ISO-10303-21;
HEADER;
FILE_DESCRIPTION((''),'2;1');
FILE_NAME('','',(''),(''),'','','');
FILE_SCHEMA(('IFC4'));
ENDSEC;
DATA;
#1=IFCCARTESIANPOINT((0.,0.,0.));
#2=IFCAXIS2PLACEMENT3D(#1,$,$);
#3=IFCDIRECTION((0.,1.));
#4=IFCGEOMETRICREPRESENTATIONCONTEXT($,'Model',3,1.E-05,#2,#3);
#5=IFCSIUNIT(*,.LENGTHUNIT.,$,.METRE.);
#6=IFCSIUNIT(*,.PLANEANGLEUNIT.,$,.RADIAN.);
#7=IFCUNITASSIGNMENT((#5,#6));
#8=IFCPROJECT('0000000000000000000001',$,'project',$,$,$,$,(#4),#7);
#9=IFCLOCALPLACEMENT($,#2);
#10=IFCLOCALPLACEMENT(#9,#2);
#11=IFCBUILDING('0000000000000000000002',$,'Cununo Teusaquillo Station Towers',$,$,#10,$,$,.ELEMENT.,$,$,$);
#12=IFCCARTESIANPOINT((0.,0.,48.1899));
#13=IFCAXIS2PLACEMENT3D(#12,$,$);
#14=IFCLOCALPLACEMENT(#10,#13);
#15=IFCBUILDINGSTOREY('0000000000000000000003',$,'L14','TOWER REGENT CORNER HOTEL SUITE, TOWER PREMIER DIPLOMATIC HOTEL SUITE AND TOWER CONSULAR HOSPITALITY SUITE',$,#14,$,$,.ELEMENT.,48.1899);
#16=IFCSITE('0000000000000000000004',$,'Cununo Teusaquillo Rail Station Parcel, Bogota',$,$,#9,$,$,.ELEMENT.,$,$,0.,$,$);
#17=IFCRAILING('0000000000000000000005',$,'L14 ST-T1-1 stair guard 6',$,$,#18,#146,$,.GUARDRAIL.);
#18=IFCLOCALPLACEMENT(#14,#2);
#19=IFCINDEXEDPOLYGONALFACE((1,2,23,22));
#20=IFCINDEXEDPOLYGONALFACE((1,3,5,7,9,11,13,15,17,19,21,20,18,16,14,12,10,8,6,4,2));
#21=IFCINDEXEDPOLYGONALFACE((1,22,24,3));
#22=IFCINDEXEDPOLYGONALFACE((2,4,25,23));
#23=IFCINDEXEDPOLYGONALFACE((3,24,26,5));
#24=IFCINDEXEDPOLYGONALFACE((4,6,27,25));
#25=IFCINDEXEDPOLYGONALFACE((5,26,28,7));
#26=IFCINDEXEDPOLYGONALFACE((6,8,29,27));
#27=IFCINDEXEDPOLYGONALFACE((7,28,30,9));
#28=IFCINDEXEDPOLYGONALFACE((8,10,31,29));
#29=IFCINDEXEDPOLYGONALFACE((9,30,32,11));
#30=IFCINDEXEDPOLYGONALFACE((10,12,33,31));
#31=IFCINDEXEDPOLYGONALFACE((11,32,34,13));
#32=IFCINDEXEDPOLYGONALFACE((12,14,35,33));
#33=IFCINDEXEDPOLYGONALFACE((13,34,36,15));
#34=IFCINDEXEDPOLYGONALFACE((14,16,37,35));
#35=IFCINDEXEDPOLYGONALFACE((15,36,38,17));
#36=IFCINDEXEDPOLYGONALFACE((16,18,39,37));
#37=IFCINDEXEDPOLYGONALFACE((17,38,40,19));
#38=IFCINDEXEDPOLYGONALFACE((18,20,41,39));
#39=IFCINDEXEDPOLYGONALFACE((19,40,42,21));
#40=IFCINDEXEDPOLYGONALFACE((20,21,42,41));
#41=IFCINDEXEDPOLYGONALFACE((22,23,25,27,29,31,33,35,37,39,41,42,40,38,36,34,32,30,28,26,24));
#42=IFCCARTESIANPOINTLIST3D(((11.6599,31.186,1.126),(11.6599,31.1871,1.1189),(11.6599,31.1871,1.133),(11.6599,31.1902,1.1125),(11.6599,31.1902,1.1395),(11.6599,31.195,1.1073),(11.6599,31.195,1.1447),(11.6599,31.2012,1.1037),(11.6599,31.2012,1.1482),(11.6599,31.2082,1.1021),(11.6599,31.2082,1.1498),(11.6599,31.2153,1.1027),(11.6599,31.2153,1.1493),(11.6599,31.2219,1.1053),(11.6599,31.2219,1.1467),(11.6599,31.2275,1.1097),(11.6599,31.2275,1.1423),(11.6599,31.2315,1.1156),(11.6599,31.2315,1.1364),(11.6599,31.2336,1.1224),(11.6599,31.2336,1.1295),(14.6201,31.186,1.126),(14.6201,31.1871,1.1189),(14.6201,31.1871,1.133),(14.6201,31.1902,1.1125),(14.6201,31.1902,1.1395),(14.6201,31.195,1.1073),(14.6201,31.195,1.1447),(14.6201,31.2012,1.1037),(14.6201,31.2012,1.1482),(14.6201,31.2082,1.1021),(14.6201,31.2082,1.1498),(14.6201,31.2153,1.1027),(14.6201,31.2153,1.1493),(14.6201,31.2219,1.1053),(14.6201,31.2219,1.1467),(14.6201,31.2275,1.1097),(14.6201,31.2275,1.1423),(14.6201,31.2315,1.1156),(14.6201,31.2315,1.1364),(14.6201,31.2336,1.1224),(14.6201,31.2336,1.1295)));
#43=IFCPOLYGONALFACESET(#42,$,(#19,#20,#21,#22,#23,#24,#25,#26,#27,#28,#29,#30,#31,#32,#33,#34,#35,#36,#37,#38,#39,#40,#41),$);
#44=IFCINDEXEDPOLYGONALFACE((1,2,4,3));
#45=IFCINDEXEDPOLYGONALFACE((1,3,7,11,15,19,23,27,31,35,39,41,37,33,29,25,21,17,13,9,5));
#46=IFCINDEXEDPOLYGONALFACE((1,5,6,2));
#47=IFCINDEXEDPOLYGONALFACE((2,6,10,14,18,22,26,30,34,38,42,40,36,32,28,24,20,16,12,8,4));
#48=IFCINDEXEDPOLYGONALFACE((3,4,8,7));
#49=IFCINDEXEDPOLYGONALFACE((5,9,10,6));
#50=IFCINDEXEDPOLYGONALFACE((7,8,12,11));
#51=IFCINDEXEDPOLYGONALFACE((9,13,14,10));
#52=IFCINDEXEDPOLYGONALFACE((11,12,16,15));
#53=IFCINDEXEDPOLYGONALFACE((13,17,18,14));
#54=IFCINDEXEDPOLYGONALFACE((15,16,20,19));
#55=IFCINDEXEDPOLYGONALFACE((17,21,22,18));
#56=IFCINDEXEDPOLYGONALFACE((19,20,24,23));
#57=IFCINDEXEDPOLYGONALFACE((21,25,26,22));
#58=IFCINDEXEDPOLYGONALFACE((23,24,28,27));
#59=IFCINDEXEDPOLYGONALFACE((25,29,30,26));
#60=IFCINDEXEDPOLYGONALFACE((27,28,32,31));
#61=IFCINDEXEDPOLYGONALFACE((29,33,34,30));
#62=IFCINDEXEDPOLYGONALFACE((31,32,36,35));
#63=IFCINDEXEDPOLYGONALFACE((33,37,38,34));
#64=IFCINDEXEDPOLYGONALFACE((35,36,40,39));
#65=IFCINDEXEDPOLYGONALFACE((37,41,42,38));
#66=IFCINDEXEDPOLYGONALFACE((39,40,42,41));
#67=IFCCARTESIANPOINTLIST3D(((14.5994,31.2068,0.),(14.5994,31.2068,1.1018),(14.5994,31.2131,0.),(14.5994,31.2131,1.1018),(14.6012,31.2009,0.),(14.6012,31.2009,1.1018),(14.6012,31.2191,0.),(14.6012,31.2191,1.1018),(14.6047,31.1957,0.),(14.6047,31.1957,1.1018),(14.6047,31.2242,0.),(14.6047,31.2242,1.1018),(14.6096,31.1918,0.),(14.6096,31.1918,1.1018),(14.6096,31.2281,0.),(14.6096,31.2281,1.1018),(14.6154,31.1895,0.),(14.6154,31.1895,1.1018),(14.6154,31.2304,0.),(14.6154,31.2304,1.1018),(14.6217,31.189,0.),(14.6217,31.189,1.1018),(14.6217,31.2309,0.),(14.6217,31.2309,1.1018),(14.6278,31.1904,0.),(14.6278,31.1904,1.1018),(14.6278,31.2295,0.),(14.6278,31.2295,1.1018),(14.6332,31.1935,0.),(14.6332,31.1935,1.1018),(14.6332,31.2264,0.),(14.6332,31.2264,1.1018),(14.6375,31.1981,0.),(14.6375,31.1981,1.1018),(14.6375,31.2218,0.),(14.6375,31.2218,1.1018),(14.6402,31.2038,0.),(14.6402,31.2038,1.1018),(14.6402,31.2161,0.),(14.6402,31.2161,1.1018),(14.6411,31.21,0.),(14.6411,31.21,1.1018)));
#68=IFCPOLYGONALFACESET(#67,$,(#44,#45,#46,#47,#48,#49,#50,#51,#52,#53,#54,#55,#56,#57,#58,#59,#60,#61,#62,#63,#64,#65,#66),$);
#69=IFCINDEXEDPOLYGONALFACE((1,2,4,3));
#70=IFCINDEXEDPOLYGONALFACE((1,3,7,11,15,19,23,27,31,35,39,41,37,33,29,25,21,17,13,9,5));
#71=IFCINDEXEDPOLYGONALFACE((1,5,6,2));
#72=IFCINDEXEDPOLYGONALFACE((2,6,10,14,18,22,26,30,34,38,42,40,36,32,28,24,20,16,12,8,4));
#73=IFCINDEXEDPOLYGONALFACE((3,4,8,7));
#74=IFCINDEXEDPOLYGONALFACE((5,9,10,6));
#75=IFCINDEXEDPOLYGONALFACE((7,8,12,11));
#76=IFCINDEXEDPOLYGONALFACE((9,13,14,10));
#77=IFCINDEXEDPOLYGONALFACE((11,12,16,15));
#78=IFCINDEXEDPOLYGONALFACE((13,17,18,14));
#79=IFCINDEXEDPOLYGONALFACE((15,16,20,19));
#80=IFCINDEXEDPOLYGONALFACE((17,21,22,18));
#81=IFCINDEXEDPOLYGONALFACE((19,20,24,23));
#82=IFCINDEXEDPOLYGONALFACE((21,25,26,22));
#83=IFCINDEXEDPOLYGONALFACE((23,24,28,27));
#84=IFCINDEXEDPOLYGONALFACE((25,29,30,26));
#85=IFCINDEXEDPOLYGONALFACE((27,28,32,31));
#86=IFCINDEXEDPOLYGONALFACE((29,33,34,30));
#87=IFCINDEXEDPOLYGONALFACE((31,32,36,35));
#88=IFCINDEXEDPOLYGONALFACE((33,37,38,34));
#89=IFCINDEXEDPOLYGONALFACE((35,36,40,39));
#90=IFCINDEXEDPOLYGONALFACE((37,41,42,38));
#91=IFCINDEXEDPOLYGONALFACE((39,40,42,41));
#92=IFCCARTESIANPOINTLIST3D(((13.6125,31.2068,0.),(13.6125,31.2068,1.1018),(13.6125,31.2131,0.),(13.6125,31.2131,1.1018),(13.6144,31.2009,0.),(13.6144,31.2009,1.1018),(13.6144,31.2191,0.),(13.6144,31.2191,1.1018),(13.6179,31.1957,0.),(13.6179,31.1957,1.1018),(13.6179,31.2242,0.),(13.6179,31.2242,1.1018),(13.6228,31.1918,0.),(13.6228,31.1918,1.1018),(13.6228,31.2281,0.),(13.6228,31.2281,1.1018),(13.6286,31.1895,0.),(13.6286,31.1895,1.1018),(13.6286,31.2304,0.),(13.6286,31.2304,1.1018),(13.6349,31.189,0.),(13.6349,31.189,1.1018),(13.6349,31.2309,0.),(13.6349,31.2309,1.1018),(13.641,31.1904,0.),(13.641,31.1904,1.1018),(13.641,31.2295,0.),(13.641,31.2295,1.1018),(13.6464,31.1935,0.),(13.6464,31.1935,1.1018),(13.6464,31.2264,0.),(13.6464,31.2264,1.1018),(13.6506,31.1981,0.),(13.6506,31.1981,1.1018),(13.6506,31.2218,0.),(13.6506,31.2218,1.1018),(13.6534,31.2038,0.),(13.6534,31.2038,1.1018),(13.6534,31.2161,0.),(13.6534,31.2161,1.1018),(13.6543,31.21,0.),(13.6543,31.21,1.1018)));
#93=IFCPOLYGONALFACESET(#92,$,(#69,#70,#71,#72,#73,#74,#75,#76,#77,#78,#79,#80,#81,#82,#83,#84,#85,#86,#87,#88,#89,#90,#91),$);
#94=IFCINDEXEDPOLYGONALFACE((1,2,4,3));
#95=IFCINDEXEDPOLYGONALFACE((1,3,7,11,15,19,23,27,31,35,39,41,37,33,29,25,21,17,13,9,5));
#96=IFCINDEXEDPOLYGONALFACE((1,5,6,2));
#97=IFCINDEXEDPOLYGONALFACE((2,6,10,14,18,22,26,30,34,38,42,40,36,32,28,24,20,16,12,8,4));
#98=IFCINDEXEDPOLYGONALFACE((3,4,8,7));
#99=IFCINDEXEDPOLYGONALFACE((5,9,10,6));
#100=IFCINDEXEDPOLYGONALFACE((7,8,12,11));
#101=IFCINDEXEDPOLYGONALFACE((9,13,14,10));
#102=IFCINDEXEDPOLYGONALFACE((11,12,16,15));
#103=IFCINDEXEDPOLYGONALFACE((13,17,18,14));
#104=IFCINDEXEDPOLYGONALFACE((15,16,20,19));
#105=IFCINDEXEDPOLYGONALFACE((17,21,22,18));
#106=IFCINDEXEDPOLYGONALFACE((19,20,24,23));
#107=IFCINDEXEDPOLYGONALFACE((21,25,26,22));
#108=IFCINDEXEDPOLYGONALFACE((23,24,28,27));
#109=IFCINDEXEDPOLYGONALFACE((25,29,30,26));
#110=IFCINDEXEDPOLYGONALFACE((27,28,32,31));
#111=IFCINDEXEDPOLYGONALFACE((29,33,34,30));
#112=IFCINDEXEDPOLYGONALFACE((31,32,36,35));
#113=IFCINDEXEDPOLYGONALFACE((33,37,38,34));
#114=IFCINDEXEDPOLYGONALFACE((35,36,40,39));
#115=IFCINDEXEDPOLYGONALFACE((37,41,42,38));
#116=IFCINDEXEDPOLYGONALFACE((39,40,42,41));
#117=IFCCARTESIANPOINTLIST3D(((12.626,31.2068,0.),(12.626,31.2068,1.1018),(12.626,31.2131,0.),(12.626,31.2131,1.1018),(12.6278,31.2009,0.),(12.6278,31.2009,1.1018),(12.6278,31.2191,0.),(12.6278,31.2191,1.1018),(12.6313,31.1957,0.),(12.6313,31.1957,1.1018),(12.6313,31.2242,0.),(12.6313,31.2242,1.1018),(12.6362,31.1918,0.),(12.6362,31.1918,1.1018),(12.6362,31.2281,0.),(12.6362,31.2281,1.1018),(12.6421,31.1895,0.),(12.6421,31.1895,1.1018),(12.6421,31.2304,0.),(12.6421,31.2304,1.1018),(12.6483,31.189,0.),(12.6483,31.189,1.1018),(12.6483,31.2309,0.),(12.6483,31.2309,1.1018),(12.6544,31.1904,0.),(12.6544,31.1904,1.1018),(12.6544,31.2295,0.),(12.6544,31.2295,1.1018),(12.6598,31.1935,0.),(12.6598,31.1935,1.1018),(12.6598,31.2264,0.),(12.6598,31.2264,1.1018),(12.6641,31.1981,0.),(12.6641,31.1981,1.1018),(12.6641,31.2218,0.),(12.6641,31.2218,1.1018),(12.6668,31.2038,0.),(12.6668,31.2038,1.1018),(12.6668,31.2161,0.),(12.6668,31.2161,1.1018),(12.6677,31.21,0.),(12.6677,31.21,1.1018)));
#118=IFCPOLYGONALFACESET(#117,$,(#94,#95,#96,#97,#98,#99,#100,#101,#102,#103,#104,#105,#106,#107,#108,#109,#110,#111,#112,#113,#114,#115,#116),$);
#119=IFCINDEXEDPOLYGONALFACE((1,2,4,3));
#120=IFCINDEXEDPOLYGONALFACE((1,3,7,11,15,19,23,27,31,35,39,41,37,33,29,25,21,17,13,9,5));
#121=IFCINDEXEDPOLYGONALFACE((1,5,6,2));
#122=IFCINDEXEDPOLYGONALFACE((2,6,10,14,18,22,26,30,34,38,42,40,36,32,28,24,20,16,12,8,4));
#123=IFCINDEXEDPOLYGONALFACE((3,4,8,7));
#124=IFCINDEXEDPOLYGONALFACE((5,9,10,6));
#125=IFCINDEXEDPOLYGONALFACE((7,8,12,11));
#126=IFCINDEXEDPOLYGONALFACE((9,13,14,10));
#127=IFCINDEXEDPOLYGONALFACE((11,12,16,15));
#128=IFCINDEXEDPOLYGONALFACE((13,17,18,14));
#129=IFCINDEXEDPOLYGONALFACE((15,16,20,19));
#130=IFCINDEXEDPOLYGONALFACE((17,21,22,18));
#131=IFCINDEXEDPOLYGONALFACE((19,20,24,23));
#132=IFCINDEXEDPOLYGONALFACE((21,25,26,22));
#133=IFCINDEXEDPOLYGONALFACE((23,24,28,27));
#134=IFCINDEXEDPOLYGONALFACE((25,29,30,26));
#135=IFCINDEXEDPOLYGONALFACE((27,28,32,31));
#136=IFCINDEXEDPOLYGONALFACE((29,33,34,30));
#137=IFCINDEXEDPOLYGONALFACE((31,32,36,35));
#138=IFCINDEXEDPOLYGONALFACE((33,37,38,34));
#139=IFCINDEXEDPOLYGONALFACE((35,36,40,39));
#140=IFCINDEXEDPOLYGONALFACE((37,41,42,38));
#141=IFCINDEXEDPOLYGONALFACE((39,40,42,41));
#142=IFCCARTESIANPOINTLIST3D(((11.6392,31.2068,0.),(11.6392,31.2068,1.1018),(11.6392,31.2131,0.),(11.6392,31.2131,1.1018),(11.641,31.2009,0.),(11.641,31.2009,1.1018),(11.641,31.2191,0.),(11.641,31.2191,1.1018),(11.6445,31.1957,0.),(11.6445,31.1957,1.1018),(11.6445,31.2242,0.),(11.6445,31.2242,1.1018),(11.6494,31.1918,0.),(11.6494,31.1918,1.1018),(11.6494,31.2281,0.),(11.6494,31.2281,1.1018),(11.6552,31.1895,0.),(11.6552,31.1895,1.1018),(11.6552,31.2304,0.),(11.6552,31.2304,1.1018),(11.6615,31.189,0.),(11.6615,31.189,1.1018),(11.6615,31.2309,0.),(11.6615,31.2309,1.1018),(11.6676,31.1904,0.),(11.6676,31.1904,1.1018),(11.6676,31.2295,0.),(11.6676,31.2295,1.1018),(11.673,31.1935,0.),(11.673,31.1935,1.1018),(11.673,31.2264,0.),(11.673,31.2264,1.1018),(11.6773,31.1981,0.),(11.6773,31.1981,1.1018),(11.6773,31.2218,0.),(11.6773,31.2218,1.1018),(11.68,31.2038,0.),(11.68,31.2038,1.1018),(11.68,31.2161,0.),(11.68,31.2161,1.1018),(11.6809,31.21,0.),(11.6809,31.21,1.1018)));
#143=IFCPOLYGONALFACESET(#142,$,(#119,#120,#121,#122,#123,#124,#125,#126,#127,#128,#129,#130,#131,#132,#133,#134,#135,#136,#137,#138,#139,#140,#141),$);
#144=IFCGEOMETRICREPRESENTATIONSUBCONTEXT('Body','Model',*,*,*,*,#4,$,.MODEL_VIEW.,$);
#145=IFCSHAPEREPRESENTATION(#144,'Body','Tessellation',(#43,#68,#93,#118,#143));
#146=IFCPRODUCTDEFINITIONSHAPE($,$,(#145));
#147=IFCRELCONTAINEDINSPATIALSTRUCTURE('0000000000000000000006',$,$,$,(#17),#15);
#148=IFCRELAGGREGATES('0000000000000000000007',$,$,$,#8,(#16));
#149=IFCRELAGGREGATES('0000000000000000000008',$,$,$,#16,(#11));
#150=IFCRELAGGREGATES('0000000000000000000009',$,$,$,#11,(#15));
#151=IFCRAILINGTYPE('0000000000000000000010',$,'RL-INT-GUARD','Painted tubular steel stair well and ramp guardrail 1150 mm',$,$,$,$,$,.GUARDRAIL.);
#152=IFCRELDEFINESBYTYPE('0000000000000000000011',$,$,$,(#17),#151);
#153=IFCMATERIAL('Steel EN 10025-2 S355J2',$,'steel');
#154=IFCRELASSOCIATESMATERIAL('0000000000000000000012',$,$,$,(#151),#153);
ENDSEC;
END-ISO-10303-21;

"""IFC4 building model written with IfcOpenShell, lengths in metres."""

from ifc_helpers import new_model, si_unit, direction, frame, origin, origin_2d, place, context, subcontext, project, spatial, circle, extrude, material, type_object, element, save


model = new_model("IFC4")

# Units and contexts
model_context = context("Model", 3, precision=1e-05, world=origin(), true_north=direction((0.0, 1.0)))
body_context = subcontext(model_context, "Body", "Model", "MODEL_VIEW")
ifc_project = project(units=[si_unit("LENGTHUNIT", "METRE"), si_unit("PLANEANGLEUNIT", "RADIAN")], contexts=[model_context])

# Site, building, storey
site_placement = place(None, origin())
site = spatial("IfcSite", under=ifc_project, at=site_placement, Name="Cununo Teusaquillo Rail Station Parcel, Bogota", CompositionType="ELEMENT", RefElevation=0.0)
building_placement = place(site_placement, origin())
building = spatial("IfcBuilding", under=site, at=building_placement, Name="Cununo Teusaquillo Station Towers", CompositionType="ELEMENT")
storey_placement = place(building_placement, frame((0.0, 0.0, 48.1899)))
storey = spatial("IfcBuildingStorey", under=building, at=storey_placement, Name="L14", Description="TOWER REGENT CORNER HOTEL SUITE, TOWER PREMIER DIPLOMATIC HOTEL SUITE AND TOWER CONSULAR HOSPITALITY SUITE", CompositionType="ELEMENT", Elevation=48.1899)

# Railing
ifc_material_1 = material(Name="Steel EN 10025-2 S355J2", Category="steel")
railing_type_1 = type_object("IfcRailingType", Name="RL-INT-GUARD", Description="Painted tubular steel stair well and ramp guardrail 1150 mm", PredefinedType="GUARDRAIL", material=ifc_material_1)
railing_1_placement = place(storey_placement, frame((14.6201, 31.21, 0.0)))
element("IfcRailing", 1, at=railing_1_placement, inside=storey, type_object=railing_type_1, Name="L14 ST-T1-1 stair guard 6", PredefinedType="GUARDRAIL", context=body_context, shape_type="SweptSolid", body=[
    extrude(circle(Radius=0.0239, at=origin_2d()), frame((0.0, 0.0, 1.126), z_axis=(-1.0, 0.0, 0.0), x_axis=(0.0, -1.0, 0.0)), (0.0, 0.0, 1.0), 2.9602),
    extrude(circle(Radius=0.021, at=origin_2d()), origin(), (0.0, 0.0, 1.0), 1.1018),
    extrude(circle(Radius=0.021, at=origin_2d()), frame((-0.9868, 0.0, 0.0)), (0.0, 0.0, 1.0), 1.1018),
    extrude(circle(Radius=0.021, at=origin_2d()), frame((-1.9734, 0.0, 0.0)), (0.0, 0.0, 1.0), 1.1018),
    extrude(circle(Radius=0.021, at=origin_2d()), frame((-2.9602, 0.0, 0.0)), (0.0, 0.0, 1.0), 1.1018),
])

save(model, "model.ifc")
